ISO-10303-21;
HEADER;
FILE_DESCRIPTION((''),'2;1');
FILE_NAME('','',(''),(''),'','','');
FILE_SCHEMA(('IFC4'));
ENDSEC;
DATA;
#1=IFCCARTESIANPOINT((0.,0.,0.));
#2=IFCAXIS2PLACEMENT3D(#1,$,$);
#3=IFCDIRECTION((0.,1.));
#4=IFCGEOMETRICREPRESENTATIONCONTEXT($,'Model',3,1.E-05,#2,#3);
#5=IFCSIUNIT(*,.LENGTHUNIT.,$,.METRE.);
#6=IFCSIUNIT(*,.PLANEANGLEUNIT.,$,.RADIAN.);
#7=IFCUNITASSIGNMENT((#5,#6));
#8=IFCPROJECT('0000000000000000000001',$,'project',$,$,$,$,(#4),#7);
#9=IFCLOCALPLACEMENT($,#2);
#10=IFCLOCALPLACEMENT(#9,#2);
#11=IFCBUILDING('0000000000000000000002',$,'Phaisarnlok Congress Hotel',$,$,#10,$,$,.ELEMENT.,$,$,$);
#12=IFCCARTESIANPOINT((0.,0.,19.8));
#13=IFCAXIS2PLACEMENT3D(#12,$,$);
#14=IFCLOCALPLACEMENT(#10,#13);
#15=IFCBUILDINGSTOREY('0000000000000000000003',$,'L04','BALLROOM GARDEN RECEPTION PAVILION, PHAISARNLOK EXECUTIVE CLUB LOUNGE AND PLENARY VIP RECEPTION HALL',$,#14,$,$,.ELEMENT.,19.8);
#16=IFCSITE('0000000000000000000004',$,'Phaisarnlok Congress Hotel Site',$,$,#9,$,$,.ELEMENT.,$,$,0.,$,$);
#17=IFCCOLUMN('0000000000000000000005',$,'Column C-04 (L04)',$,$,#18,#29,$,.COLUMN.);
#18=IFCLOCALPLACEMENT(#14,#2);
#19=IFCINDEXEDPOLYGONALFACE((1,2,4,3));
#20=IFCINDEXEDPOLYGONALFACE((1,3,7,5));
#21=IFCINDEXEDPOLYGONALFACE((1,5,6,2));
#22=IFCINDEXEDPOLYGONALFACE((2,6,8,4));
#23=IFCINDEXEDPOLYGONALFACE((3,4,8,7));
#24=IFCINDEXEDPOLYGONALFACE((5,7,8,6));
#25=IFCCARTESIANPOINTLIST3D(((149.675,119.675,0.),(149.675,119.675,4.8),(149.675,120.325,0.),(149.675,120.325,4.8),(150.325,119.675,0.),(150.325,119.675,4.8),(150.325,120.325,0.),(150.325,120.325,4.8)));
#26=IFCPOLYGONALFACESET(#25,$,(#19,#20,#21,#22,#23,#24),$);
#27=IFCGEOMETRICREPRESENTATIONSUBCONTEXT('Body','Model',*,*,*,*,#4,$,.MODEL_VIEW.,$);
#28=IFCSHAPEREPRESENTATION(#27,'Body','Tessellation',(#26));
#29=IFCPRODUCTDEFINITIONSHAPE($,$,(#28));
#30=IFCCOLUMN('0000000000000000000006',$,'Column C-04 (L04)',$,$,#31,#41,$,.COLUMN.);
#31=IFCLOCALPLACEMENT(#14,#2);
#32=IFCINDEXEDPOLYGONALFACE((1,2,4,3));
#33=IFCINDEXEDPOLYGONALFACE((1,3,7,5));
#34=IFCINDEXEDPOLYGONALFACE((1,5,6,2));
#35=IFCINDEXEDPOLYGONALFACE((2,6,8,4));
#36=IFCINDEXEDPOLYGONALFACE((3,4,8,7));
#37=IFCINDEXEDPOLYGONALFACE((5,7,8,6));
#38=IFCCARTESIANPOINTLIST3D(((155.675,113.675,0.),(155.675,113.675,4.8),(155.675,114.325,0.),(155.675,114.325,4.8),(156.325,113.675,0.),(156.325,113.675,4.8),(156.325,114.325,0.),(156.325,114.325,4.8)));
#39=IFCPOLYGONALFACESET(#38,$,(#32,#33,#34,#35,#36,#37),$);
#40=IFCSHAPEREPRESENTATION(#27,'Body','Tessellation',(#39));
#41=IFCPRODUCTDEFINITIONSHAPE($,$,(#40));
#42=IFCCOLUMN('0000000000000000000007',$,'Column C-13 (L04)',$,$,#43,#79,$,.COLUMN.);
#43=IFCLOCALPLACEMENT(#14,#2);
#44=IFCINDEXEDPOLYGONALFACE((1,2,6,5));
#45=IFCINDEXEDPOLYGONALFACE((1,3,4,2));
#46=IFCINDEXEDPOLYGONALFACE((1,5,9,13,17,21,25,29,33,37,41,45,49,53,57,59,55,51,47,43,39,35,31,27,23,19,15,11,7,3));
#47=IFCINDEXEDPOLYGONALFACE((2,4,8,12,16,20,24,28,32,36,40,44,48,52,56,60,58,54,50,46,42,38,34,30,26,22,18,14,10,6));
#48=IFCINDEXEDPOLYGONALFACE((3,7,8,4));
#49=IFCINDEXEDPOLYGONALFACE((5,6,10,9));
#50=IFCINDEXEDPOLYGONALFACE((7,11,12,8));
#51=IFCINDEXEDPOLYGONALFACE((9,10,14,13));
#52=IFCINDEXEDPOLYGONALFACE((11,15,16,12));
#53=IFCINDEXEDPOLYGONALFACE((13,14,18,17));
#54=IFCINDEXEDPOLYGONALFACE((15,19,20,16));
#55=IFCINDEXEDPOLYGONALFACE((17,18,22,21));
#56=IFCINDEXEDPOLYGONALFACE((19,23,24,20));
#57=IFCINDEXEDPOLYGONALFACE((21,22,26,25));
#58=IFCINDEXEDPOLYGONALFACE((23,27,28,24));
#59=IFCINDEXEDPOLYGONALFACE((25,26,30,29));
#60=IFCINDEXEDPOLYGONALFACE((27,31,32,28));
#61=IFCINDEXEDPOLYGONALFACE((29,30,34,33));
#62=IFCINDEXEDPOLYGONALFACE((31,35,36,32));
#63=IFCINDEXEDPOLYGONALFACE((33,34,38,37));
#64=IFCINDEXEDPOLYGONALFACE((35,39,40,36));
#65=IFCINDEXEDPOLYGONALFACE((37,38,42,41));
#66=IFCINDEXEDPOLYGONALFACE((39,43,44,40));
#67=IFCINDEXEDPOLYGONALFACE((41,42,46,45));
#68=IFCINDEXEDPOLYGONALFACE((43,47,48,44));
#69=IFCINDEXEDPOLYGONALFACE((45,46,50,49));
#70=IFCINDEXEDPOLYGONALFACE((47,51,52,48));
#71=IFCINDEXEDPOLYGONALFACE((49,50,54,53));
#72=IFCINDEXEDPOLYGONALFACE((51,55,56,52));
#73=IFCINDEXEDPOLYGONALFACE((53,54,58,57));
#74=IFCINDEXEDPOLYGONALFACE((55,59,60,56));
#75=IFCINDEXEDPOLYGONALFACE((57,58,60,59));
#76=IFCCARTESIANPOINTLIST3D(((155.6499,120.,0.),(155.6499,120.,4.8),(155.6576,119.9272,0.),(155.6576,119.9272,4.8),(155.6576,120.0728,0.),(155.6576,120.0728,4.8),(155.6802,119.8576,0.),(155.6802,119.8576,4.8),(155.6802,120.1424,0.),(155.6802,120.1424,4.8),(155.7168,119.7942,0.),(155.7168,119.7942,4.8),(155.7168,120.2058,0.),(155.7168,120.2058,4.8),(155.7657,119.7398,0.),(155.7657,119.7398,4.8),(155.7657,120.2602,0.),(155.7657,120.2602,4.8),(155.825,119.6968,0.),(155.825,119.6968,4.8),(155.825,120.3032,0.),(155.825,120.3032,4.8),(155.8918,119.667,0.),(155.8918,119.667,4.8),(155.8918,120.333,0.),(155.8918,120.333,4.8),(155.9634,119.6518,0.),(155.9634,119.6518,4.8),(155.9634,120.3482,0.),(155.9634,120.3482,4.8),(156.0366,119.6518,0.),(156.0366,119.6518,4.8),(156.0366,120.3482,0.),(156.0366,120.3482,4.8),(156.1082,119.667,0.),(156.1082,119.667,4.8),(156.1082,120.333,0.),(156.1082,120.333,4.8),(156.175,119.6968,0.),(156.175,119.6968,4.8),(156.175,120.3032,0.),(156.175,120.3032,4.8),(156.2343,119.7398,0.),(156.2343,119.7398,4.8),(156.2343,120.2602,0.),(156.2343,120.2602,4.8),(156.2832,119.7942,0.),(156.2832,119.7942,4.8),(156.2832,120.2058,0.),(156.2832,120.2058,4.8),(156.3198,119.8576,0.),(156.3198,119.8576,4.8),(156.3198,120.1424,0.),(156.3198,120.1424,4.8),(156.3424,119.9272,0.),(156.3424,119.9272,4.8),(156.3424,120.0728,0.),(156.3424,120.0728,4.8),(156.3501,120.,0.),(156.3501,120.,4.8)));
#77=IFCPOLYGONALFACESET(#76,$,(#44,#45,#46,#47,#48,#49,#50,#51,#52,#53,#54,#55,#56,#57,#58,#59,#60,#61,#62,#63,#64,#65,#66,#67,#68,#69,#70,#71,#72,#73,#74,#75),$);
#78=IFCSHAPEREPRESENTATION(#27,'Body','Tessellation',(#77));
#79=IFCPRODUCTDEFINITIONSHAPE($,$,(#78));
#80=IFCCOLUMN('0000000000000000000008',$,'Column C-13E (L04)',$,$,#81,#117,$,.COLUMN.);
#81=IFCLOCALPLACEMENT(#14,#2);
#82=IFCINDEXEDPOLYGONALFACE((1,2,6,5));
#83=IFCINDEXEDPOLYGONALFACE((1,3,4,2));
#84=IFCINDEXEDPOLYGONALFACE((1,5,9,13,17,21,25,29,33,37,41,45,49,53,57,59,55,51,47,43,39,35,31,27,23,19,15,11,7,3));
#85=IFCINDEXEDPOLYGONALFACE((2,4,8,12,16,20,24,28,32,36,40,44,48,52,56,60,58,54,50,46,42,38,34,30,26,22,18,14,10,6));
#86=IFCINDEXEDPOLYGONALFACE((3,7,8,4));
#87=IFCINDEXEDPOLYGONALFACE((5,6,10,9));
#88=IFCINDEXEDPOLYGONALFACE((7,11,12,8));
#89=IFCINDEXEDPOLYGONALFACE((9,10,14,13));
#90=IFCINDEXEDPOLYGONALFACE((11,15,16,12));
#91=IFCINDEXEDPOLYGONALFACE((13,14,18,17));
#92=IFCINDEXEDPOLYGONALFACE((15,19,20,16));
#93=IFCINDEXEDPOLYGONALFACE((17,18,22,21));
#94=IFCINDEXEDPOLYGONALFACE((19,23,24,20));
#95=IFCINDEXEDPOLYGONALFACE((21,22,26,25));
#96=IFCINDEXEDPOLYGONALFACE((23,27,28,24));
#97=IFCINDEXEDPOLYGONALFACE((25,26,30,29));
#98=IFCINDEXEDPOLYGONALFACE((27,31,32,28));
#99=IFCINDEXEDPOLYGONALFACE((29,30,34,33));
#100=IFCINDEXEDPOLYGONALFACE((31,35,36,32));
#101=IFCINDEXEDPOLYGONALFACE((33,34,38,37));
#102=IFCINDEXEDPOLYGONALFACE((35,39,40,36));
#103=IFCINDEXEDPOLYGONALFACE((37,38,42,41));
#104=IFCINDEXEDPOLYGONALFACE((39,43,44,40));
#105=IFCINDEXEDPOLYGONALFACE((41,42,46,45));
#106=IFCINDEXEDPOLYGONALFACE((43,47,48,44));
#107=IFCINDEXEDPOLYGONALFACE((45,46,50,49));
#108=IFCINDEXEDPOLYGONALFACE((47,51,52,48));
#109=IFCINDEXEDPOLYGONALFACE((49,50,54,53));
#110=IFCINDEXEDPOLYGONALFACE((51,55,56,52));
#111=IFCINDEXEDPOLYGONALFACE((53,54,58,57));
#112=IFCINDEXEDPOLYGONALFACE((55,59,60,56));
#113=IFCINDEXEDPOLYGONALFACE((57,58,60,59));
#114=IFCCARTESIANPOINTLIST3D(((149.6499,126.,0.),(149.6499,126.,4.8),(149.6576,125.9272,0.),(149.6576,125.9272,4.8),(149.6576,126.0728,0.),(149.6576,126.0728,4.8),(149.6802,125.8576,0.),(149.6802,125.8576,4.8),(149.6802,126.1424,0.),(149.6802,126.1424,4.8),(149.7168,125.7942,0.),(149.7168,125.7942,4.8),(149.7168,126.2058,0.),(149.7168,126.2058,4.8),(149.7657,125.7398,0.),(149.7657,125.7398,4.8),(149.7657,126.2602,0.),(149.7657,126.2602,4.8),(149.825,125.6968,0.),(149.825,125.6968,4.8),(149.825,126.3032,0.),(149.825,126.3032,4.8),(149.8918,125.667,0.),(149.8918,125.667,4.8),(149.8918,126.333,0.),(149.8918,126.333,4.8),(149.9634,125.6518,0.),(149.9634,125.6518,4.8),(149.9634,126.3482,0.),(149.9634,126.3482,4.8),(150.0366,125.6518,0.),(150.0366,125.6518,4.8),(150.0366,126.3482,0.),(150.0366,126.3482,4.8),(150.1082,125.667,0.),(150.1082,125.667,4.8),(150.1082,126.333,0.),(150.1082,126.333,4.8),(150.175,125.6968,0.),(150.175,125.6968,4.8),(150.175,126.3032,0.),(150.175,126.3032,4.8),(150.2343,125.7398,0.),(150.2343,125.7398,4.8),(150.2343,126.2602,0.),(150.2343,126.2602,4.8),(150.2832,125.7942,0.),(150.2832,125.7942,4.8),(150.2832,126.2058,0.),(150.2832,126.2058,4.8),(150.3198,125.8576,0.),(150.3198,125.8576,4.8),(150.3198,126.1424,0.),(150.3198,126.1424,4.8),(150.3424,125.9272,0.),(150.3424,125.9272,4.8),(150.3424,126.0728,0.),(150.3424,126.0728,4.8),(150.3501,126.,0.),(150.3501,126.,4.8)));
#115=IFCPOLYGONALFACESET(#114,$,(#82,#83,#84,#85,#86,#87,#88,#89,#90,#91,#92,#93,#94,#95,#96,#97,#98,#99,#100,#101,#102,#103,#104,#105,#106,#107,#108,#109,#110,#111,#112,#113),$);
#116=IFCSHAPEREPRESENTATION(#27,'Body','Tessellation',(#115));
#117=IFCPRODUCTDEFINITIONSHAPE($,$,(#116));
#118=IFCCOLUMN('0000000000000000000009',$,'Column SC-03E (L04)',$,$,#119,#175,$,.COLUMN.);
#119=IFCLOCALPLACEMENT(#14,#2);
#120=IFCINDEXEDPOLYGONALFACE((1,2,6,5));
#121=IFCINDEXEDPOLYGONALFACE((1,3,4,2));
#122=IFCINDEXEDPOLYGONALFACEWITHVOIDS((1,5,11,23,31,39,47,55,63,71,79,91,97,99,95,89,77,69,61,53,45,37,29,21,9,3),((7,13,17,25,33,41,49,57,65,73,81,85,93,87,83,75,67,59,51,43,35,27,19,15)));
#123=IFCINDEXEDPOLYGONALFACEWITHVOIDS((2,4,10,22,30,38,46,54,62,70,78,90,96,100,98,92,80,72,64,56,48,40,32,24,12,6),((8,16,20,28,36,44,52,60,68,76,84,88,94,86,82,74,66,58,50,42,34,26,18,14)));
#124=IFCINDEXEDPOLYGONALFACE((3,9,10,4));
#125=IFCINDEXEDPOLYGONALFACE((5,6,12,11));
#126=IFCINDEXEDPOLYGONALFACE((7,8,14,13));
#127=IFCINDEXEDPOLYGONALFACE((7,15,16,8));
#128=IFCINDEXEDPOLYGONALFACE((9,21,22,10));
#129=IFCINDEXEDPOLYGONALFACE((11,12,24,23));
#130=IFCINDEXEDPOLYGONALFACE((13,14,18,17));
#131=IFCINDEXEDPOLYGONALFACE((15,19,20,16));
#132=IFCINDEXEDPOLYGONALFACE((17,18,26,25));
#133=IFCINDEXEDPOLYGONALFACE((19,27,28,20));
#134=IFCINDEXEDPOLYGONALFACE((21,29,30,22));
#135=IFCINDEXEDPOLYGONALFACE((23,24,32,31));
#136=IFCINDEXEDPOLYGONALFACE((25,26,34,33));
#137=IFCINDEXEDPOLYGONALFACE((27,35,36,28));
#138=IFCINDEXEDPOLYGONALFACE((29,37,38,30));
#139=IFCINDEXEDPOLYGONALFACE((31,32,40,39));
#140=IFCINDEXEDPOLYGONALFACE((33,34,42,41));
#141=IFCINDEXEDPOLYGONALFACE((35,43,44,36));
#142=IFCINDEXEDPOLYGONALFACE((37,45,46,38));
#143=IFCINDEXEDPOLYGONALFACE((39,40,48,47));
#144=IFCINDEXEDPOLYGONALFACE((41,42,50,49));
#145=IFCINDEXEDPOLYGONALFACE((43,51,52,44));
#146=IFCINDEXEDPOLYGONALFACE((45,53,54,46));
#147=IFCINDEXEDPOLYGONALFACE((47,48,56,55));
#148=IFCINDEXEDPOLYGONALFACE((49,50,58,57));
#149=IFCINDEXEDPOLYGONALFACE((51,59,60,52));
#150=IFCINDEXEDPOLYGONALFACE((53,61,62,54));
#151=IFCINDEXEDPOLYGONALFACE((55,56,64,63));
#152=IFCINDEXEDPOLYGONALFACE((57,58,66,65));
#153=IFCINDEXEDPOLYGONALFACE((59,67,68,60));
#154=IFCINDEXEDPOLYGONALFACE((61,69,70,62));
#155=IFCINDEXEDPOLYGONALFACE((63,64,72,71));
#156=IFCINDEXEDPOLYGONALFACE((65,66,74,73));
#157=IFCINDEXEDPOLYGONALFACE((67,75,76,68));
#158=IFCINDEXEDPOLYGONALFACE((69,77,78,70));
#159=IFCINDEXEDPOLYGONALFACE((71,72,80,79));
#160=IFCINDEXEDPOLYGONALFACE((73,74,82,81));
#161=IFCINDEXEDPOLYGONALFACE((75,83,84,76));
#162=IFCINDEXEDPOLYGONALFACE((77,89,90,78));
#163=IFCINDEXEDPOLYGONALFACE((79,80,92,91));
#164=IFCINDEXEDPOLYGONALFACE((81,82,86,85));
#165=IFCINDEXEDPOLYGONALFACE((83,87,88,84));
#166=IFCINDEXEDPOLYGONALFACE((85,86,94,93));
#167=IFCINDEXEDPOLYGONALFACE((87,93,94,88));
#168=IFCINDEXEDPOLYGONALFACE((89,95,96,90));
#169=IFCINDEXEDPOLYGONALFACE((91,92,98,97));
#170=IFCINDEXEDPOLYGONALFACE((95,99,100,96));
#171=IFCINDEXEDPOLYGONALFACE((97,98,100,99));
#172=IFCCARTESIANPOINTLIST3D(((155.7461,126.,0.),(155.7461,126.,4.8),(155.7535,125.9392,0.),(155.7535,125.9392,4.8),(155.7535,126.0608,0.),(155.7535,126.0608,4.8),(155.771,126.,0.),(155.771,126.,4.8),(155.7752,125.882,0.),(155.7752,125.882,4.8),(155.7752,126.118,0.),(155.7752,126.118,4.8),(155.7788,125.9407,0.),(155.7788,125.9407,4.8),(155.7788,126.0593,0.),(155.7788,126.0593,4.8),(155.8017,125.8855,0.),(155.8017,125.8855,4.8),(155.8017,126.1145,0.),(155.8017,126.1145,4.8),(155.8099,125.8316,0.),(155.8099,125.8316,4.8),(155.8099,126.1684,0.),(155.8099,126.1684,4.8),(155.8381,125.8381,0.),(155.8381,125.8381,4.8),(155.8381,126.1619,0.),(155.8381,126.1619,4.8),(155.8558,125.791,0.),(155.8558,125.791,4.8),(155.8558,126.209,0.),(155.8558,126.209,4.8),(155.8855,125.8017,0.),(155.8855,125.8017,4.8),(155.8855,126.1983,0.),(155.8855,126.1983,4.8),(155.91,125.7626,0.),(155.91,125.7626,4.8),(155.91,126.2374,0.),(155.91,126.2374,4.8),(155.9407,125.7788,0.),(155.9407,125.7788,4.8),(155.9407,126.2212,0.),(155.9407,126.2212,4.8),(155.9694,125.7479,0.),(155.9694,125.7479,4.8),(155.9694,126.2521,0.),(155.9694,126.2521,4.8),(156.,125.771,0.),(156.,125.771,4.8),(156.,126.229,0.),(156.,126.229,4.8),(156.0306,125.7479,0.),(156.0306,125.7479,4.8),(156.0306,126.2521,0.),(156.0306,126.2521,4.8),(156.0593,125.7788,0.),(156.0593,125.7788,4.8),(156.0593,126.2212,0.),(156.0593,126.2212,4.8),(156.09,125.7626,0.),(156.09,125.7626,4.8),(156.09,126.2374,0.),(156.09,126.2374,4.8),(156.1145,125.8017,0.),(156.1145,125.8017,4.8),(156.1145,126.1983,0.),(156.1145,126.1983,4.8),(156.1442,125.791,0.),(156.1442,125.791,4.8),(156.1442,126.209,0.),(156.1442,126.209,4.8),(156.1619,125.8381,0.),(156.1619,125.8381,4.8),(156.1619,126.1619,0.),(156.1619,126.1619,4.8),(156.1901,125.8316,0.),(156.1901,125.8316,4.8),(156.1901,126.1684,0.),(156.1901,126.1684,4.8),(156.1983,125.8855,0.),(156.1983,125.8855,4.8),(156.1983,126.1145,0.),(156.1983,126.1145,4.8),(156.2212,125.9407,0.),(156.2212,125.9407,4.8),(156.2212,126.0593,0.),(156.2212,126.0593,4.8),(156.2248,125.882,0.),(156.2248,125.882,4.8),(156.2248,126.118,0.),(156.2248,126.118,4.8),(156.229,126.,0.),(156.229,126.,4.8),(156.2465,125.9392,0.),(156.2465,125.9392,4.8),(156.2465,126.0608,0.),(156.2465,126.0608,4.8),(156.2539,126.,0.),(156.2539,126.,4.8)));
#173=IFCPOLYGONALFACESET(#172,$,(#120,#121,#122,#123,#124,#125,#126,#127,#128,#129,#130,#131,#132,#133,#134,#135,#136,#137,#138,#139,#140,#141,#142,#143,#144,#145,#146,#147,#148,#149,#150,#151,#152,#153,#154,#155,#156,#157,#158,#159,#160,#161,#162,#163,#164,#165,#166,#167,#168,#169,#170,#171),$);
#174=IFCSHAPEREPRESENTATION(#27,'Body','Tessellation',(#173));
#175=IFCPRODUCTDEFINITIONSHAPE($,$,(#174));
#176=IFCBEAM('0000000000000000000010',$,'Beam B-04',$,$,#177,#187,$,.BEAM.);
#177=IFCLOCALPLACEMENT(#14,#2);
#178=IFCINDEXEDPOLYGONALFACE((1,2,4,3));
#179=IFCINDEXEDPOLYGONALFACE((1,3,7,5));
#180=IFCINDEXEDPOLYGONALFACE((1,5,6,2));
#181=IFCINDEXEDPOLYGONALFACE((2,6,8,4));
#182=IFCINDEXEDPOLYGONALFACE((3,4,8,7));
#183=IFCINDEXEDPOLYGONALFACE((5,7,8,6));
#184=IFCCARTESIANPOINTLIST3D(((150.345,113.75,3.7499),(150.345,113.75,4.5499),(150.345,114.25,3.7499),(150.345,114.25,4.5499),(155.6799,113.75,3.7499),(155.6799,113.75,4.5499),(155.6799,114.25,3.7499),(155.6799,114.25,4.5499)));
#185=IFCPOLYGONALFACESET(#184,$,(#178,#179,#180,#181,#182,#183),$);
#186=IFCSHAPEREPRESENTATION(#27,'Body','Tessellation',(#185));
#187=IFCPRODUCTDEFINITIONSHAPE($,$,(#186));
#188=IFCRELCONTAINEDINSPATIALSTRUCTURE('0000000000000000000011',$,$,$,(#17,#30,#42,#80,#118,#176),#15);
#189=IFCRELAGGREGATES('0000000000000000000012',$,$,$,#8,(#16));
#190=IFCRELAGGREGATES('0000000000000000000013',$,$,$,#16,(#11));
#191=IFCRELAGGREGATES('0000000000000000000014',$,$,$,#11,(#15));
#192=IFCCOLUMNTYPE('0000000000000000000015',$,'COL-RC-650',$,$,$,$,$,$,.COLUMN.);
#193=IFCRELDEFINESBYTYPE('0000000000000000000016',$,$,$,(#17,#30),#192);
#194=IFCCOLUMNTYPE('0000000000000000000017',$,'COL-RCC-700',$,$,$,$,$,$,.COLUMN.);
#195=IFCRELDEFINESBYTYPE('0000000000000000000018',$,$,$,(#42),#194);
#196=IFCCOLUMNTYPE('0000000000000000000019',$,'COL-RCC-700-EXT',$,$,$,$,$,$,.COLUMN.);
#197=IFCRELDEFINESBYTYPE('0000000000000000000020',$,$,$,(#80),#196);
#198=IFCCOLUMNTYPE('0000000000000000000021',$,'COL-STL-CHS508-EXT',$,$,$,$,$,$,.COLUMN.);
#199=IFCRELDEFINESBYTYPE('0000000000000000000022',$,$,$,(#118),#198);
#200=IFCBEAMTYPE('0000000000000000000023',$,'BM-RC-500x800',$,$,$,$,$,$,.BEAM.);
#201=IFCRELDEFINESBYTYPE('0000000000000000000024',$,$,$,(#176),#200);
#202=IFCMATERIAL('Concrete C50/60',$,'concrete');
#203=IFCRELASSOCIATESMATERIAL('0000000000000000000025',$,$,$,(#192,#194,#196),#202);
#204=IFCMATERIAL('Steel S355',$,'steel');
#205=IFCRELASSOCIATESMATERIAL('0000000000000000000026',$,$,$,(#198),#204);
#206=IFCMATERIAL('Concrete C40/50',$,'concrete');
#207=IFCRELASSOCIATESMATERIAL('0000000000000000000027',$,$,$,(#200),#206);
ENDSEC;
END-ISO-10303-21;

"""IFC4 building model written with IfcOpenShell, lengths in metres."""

from ifc_helpers import new_model, si_unit, direction, frame, origin, origin_2d, place, context, subcontext, project, spatial, rectangle, circle, hollow_circle, extrude, material, material_profile, profile_set, type_object, element, save


model = new_model("IFC4")

# Units and contexts
model_context = context("Model", 3, precision=1e-05, world=origin(), true_north=direction((0.0, 1.0)))
body_context = subcontext(model_context, "Body", "Model", "MODEL_VIEW")
ifc_project = project(units=[si_unit("LENGTHUNIT", "METRE"), si_unit("PLANEANGLEUNIT", "RADIAN")], contexts=[model_context])

# Site, building, storey
site_placement = place(None, origin())
site = spatial("IfcSite", under=ifc_project, at=site_placement, Name="Phaisarnlok Congress Hotel Site", CompositionType="ELEMENT", RefElevation=0.0)
building_placement = place(site_placement, origin())
building = spatial("IfcBuilding", under=site, at=building_placement, Name="Phaisarnlok Congress Hotel", CompositionType="ELEMENT")
storey_placement = place(building_placement, frame((0.0, 0.0, 19.8)))
storey = spatial("IfcBuildingStorey", under=building, at=storey_placement, Name="L04", Description="BALLROOM GARDEN RECEPTION PAVILION, PHAISARNLOK EXECUTIVE CLUB LOUNGE AND PLENARY VIP RECEPTION HALL", CompositionType="ELEMENT", Elevation=19.8)

# Columns
ifc_material_1 = material(Name="Concrete C50/60", Category="concrete")
ifc_material_profile_1 = material_profile(ifc_material_1, rectangle(XDim=0.6499, YDim=0.6499, at=origin_2d()), Name="RC 650x650")
ifc_profile_set_1 = profile_set([ifc_material_profile_1], Name="Concrete C50/60")
column_type_1 = type_object("IfcColumnType", Name="COL-RC-650", PredefinedType="COLUMN", material=ifc_profile_set_1)
for number, where, z_axis, x_axis, name in (
    (1, (150.0, 120.0, 0.0), (0.0, 0.0, 1.0), (1.0, 0.0, 0.0), "Column C-04 (L04)"),
    (2, (156.0, 114.0, 0.0), (0.0, 0.0, 1.0), (1.0, 0.0, 0.0), "Column C-04 (L04)"),
):
    element("IfcColumn", number, at=place(storey_placement, frame(where, z_axis=z_axis, x_axis=x_axis)), inside=storey, type_object=column_type_1, Name=name, PredefinedType="COLUMN", context=body_context, shape_type="SweptSolid", body=[
        extrude(rectangle(XDim=0.6499, YDim=0.6499, at=origin_2d()), origin(), (0.0, 0.0, 1.0), 4.8),
    ])
ifc_material_profile_2 = material_profile(ifc_material_1, circle(Radius=0.3501, at=origin_2d()), Name="RCC D700")
ifc_profile_set_2 = profile_set([ifc_material_profile_2], Name="Concrete C50/60")
column_type_2 = type_object("IfcColumnType", Name="COL-RCC-700", PredefinedType="COLUMN", material=ifc_profile_set_2)
column_1_placement = place(storey_placement, frame((156.0, 120.0, 0.0), z_axis=(0.0, 0.0, 1.0), x_axis=(1.0, 0.0, 0.0)))
element("IfcColumn", 3, at=column_1_placement, inside=storey, type_object=column_type_2, Name="Column C-13 (L04)", PredefinedType="COLUMN", context=body_context, shape_type="SweptSolid", body=[
    extrude(circle(Radius=0.3501, at=origin_2d()), origin(), (0.0, 0.0, 1.0), 4.8),
])
ifc_material_profile_3 = material_profile(ifc_material_1, circle(Radius=0.3501, at=origin_2d()), Name="RCC D700")
ifc_profile_set_3 = profile_set([ifc_material_profile_3], Name="Concrete C50/60")
column_type_3 = type_object("IfcColumnType", Name="COL-RCC-700-EXT", PredefinedType="COLUMN", material=ifc_profile_set_3)
column_2_placement = place(storey_placement, frame((150.0, 126.0, 0.0), z_axis=(0.0, 0.0, 1.0), x_axis=(1.0, 0.0, 0.0)))
element("IfcColumn", 4, at=column_2_placement, inside=storey, type_object=column_type_3, Name="Column C-13E (L04)", PredefinedType="COLUMN", context=body_context, shape_type="SweptSolid", body=[
    extrude(circle(Radius=0.3501, at=origin_2d()), origin(), (0.0, 0.0, 1.0), 4.8),
])
ifc_material_2 = material(Name="Steel S355", Category="steel")
ifc_material_profile_4 = material_profile(ifc_material_2, hollow_circle(Radius=0.2539, WallThickness=0.0249, at=origin_2d()), Name="CHS 508x25")
ifc_profile_set_4 = profile_set([ifc_material_profile_4], Name="Steel S355")
column_type_4 = type_object("IfcColumnType", Name="COL-STL-CHS508-EXT", PredefinedType="COLUMN", material=ifc_profile_set_4)
column_3_placement = place(storey_placement, frame((156.0, 126.0, 0.0), z_axis=(0.0, 0.0, 1.0), x_axis=(1.0, 0.0, 0.0)))
element("IfcColumn", 5, at=column_3_placement, inside=storey, type_object=column_type_4, Name="Column SC-03E (L04)", PredefinedType="COLUMN", context=body_context, shape_type="SweptSolid", body=[
    extrude(hollow_circle(Radius=0.2539, WallThickness=0.0249, at=origin_2d()), origin(), (0.0, 0.0, 1.0), 4.8),
])

# Beam
ifc_material_3 = material(Name="Concrete C40/50", Category="concrete")
ifc_material_profile_5 = material_profile(ifc_material_3, rectangle(XDim=0.5, YDim=0.8, at=origin_2d()), Name="RC 500x800")
ifc_profile_set_5 = profile_set([ifc_material_profile_5], Name="Concrete C40/50")
beam_type_1 = type_object("IfcBeamType", Name="BM-RC-500x800", PredefinedType="BEAM", material=ifc_profile_set_5)
for number, where, z_axis, x_axis, name in (
    (6, (150.345, 114.0, 4.1499), (1.0, 0.0, 0.0), (0.0, 1.0, 0.0), "Beam B-04"),
):
    element("IfcBeam", number, at=place(storey_placement, frame(where, z_axis=z_axis, x_axis=x_axis)), inside=storey, type_object=beam_type_1, Name=name, PredefinedType="BEAM", context=body_context, shape_type="SweptSolid", body=[
        extrude(rectangle(XDim=0.5, YDim=0.8, at=origin_2d()), origin(), (0.0, 0.0, 1.0), 5.335),
    ])

save(model, "model.ifc")
